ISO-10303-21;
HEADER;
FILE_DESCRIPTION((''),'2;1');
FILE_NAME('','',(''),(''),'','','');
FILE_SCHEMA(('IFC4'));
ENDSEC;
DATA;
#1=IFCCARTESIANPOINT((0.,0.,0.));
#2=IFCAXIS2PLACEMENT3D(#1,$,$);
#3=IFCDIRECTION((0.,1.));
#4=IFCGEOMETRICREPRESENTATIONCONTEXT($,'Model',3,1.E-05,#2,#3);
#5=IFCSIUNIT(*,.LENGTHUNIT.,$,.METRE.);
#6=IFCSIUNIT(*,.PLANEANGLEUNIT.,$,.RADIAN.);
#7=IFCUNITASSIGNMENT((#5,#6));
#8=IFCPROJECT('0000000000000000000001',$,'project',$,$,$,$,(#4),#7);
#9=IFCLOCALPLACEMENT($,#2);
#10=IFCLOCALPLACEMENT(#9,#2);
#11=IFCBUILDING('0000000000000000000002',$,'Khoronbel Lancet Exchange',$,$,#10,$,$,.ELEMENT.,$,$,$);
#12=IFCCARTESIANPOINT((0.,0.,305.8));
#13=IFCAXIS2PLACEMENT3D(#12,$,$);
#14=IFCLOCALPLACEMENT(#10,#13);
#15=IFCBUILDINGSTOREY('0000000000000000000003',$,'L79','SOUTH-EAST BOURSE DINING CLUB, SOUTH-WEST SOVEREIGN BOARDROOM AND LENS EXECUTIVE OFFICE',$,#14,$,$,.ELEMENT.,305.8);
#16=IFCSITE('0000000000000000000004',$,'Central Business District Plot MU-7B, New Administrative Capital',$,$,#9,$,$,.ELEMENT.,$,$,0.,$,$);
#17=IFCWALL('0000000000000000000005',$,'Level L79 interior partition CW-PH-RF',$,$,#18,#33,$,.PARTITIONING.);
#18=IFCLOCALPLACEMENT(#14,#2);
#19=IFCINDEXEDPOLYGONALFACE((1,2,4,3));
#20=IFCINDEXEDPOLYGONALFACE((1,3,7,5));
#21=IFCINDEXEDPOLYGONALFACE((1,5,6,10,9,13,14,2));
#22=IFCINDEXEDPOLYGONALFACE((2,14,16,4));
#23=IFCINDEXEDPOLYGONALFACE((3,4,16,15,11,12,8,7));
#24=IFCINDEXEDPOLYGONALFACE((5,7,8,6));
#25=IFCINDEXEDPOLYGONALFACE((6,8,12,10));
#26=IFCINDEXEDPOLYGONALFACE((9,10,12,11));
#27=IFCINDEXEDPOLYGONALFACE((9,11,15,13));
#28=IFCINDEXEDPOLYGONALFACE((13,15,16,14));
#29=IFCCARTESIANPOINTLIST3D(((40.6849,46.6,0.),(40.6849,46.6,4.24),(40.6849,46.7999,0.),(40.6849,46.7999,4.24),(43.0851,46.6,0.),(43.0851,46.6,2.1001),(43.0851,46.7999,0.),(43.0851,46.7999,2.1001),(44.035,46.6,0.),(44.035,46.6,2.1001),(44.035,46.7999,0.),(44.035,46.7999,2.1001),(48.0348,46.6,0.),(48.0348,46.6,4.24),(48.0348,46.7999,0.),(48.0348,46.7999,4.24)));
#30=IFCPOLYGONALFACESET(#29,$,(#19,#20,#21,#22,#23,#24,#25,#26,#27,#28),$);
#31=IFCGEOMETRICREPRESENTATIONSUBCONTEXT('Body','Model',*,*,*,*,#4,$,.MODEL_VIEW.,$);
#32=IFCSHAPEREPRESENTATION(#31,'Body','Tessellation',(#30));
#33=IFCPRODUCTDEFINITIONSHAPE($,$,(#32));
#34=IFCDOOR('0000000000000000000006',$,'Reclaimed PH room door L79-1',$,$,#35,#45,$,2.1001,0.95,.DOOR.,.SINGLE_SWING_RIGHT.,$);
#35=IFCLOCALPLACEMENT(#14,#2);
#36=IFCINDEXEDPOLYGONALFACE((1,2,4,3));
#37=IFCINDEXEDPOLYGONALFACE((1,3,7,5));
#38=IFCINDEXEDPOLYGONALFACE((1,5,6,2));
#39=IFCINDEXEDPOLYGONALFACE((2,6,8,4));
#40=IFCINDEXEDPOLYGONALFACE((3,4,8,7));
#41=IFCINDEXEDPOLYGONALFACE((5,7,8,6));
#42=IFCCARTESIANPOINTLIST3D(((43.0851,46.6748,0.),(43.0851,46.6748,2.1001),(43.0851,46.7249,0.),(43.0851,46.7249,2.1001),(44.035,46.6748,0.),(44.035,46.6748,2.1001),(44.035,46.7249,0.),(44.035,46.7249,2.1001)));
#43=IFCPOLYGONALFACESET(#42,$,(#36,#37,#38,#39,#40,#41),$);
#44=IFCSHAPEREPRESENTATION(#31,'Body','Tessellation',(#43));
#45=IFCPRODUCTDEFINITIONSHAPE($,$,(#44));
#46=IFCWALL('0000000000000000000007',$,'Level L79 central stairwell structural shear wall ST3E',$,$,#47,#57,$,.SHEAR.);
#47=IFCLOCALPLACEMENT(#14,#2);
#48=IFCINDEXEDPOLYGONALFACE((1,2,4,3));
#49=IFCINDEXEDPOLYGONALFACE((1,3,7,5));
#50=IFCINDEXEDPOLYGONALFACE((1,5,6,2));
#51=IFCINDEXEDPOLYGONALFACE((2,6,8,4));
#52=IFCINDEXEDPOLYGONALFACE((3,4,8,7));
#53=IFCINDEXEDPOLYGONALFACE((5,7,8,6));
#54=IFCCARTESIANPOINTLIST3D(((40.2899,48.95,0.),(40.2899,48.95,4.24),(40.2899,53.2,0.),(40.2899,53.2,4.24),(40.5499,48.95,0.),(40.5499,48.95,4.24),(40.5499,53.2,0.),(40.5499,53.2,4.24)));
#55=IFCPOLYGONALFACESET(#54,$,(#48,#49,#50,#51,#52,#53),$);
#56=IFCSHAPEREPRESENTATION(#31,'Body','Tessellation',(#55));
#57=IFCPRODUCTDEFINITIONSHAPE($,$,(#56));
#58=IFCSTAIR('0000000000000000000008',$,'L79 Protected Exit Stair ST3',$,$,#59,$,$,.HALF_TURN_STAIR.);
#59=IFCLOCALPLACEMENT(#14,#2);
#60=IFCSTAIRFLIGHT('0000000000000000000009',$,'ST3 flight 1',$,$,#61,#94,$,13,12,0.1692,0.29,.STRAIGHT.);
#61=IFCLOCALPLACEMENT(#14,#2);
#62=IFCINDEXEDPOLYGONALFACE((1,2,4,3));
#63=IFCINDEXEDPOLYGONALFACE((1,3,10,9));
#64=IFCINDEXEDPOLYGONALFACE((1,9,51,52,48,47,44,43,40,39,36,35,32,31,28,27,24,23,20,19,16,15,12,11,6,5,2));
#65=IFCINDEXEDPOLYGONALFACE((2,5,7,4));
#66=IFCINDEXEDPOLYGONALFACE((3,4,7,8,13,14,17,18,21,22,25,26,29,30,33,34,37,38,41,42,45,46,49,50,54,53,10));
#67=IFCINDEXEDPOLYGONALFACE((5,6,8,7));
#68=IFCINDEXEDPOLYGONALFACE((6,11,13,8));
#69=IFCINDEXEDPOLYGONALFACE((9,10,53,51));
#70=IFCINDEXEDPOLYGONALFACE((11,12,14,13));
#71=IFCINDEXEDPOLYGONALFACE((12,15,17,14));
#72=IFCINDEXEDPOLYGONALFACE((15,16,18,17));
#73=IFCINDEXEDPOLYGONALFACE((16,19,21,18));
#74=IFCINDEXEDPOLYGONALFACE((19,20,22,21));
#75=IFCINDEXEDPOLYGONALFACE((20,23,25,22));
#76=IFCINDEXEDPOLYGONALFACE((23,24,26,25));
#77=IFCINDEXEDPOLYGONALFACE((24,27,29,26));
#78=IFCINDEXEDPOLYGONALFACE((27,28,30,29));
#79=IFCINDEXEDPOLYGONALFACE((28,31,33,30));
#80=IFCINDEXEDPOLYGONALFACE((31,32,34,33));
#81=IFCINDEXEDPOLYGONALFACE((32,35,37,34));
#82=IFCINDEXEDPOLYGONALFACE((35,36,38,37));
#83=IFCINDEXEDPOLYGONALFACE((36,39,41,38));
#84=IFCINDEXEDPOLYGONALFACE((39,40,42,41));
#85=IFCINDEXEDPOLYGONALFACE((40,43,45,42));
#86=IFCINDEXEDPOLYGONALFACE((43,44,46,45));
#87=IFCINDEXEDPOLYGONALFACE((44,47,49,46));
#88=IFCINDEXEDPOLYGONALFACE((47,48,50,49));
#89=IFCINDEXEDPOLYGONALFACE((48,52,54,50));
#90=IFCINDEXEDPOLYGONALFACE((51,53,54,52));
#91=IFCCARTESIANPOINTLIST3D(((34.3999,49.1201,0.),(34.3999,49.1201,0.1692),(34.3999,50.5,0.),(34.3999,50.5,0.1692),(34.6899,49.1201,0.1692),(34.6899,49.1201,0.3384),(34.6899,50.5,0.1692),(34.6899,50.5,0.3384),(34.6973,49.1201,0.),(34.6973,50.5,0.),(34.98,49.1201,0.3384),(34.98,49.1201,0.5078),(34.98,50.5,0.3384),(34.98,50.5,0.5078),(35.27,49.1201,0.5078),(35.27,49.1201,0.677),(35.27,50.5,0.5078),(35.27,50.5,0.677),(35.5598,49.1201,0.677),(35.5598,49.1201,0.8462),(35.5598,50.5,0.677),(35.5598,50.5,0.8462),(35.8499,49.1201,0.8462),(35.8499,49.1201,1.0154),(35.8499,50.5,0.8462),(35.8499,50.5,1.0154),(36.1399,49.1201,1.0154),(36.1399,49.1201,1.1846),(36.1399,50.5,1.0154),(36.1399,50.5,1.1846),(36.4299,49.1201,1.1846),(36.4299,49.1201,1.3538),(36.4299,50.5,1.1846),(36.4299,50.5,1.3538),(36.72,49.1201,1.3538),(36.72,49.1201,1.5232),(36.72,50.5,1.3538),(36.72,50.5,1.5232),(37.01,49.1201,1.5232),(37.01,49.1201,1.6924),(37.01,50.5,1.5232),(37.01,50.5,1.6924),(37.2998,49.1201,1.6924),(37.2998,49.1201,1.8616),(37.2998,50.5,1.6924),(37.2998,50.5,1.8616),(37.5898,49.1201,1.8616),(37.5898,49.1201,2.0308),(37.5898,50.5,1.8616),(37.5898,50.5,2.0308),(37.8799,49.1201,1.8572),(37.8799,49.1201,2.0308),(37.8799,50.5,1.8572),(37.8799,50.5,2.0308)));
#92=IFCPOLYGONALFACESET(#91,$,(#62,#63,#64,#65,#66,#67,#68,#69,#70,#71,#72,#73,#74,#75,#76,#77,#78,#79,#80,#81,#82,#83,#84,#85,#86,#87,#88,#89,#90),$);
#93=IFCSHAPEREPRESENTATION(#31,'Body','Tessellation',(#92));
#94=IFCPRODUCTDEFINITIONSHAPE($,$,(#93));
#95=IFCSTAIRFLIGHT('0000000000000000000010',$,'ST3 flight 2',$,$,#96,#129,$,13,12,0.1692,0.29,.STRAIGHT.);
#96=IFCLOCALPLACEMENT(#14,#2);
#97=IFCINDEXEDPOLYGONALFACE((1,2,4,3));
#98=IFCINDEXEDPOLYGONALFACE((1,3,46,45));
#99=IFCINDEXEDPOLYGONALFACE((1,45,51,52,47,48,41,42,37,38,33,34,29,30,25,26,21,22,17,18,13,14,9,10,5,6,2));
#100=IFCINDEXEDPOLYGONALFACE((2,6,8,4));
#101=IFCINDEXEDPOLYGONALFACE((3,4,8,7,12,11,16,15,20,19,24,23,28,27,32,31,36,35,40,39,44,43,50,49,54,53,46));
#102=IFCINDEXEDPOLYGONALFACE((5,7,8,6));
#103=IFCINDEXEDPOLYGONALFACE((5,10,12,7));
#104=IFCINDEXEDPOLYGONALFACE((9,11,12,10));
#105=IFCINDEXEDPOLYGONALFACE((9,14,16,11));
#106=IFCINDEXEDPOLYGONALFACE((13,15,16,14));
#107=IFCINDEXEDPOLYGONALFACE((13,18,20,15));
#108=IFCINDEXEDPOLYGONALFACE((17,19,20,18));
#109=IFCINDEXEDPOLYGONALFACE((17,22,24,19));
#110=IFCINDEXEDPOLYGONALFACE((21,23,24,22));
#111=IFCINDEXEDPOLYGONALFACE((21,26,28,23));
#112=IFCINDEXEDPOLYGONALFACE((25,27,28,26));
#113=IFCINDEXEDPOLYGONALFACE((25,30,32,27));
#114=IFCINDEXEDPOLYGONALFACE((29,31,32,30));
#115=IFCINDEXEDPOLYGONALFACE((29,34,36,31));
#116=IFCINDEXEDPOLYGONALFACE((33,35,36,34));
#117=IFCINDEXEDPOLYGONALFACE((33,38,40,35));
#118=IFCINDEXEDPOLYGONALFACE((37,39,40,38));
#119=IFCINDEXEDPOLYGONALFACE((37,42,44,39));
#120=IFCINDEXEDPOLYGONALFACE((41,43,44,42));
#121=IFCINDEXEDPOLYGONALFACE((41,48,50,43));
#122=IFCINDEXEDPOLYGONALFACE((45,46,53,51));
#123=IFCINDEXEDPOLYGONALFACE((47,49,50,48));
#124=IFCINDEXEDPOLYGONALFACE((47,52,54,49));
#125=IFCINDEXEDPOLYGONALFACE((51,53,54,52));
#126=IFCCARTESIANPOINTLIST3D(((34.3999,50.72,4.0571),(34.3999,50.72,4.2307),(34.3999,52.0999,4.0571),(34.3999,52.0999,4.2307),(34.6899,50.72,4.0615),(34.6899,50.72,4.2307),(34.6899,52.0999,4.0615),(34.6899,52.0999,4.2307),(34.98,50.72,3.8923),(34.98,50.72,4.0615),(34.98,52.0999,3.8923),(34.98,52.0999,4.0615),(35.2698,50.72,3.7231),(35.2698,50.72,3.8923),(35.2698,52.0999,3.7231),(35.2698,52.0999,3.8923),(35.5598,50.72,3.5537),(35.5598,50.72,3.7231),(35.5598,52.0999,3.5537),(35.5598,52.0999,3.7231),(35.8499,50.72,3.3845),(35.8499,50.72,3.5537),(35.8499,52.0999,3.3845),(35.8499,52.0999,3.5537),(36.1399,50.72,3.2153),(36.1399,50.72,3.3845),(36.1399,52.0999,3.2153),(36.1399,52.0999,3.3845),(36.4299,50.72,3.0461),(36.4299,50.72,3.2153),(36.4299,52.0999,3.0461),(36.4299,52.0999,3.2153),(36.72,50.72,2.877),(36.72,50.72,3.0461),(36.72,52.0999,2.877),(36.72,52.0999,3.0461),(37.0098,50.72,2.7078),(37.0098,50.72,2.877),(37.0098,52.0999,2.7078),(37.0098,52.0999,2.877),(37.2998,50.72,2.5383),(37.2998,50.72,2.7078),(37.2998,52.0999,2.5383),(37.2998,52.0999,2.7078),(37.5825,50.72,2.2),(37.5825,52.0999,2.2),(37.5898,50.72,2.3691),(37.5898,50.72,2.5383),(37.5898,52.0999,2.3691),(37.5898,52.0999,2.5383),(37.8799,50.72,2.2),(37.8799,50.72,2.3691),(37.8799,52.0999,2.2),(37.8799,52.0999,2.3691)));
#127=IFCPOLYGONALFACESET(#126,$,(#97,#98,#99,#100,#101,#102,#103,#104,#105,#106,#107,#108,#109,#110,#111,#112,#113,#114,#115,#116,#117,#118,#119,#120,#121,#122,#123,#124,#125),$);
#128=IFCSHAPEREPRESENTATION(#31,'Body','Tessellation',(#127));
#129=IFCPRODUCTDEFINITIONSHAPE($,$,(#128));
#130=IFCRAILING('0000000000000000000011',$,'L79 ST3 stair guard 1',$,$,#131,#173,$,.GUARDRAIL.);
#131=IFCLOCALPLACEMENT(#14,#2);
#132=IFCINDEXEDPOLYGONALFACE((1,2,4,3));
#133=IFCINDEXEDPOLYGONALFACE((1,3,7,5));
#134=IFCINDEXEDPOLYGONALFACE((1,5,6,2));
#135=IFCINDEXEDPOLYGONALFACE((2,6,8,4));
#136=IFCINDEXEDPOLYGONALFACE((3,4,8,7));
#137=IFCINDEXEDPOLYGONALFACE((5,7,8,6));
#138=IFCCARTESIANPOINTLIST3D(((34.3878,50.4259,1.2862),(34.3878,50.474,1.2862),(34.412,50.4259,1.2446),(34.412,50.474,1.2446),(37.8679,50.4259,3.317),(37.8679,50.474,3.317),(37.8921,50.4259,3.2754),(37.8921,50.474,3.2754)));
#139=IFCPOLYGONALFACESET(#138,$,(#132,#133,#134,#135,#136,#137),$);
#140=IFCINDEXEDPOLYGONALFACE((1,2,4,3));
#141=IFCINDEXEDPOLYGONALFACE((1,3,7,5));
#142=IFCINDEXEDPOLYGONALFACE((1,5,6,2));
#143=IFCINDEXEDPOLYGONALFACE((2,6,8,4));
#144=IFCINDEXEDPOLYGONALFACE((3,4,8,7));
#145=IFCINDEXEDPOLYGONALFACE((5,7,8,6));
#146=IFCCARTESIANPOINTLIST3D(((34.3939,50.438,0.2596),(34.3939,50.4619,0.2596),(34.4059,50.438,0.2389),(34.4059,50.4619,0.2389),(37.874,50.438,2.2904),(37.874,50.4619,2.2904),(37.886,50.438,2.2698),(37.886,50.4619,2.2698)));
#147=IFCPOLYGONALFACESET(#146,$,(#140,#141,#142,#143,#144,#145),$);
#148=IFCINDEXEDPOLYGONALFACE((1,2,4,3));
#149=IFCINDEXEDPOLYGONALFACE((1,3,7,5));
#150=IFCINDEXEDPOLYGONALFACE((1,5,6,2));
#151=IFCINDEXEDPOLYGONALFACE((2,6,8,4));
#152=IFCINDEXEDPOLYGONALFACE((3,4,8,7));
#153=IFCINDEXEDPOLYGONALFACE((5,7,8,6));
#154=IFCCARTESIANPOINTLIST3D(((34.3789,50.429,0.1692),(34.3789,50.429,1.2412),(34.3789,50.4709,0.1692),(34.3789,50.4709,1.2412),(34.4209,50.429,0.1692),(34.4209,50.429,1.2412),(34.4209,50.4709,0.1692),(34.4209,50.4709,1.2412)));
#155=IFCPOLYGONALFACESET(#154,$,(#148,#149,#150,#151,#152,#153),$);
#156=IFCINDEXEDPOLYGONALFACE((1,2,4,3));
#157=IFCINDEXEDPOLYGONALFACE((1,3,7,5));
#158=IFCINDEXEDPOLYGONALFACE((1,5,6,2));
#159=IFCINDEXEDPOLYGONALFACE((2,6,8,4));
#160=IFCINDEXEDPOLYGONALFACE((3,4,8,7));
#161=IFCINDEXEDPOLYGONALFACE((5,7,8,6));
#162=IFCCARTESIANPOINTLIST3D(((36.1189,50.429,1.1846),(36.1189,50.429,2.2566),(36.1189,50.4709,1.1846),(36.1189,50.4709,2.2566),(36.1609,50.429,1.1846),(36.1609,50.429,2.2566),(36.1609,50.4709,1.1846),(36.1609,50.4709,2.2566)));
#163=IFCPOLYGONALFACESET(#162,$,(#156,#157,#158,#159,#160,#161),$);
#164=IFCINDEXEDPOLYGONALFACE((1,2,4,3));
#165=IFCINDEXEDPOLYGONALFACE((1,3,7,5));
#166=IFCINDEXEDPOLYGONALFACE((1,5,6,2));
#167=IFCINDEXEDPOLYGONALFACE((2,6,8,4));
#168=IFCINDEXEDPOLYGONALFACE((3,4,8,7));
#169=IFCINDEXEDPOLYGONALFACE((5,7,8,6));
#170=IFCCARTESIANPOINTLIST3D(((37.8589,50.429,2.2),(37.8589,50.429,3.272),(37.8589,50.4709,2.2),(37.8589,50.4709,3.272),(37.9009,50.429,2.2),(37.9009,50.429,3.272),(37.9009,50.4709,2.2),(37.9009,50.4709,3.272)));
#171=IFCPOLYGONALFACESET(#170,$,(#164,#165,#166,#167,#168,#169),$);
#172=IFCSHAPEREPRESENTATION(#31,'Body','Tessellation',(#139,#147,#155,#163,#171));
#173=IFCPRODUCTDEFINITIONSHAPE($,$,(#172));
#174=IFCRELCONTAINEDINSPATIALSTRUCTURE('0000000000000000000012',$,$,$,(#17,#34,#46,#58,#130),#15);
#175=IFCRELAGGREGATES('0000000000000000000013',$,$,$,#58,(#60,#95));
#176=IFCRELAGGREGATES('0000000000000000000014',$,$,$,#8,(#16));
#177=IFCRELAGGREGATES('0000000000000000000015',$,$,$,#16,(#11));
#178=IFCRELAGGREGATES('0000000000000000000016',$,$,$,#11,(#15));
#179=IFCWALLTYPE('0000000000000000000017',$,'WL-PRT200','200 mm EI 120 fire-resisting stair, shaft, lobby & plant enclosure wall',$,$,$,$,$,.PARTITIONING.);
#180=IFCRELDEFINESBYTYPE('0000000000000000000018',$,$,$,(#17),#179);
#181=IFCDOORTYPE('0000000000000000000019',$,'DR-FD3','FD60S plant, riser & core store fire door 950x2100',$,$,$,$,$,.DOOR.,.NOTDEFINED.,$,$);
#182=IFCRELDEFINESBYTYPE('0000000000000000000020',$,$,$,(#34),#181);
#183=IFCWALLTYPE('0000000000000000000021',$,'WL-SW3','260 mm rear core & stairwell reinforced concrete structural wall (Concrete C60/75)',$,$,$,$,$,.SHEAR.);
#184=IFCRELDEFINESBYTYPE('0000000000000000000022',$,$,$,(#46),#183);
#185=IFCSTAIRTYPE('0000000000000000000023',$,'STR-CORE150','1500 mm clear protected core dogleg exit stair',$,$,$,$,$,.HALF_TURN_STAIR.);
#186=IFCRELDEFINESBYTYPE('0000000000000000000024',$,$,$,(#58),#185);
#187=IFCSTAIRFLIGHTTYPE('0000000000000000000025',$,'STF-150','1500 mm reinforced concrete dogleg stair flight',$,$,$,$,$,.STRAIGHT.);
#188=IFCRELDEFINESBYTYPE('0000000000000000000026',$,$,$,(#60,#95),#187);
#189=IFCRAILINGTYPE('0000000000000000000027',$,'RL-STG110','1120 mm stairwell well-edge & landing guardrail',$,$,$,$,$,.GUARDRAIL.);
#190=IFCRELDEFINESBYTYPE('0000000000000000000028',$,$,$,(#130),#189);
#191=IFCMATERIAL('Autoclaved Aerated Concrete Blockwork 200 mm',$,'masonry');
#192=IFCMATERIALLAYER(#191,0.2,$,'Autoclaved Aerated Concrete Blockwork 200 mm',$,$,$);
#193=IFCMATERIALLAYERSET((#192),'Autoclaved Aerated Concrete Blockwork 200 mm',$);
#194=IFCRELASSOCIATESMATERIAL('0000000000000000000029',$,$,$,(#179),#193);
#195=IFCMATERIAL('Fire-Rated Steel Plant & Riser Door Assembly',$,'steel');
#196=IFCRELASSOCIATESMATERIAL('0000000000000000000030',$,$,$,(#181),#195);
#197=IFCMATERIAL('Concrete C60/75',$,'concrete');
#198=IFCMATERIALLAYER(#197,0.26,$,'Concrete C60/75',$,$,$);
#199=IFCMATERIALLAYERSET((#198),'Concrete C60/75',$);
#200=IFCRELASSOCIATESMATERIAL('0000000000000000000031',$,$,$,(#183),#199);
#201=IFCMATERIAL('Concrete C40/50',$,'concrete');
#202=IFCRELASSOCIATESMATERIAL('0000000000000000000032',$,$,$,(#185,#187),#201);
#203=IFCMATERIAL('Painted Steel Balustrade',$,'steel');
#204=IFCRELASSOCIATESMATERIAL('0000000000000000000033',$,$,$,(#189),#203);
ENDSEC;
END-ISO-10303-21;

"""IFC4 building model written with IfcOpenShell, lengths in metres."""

from ifc_helpers import new_model, si_unit, direction, frame, frame_2d, origin, origin_2d, place, context, subcontext, project, spatial, polyline, rectangle, outline, extrude, material, layer, layer_set, type_object, element, fill, aggregate, save


model = new_model("IFC4")

# Units and contexts
model_context = context("Model", 3, precision=1e-05, world=origin(), true_north=direction((0.0, 1.0)))
body_context = subcontext(model_context, "Body", "Model", "MODEL_VIEW")
ifc_project = project(units=[si_unit("LENGTHUNIT", "METRE"), si_unit("PLANEANGLEUNIT", "RADIAN")], contexts=[model_context])

# Site, building, storey
site_placement = place(None, origin())
site = spatial("IfcSite", under=ifc_project, at=site_placement, Name="Central Business District Plot MU-7B, New Administrative Capital", CompositionType="ELEMENT", RefElevation=0.0)
building_placement = place(site_placement, origin())
building = spatial("IfcBuilding", under=site, at=building_placement, Name="Khoronbel Lancet Exchange", CompositionType="ELEMENT")
storey_placement = place(building_placement, frame((0.0, 0.0, 305.8)))
storey = spatial("IfcBuildingStorey", under=building, at=storey_placement, Name="L79", Description="SOUTH-EAST BOURSE DINING CLUB, SOUTH-WEST SOVEREIGN BOARDROOM AND LENS EXECUTIVE OFFICE", CompositionType="ELEMENT", Elevation=305.8)

# Shared definitions
ifc_material_1 = material(Name="Concrete C60/75", Category="concrete")

# Shared definitions
ifc_material_2 = material(Name="Autoclaved Aerated Concrete Blockwork 200 mm", Category="masonry")
ifc_layer_1 = layer(ifc_material_2, 0.2, Name="Autoclaved Aerated Concrete Blockwork 200 mm")
ifc_layer_set_1 = layer_set([ifc_layer_1], Name="Autoclaved Aerated Concrete Blockwork 200 mm")
wall_type_1 = type_object("IfcWallType", Name="WL-PRT200", Description="200 mm EI 120 fire-resisting stair, shaft, lobby & plant enclosure wall", PredefinedType="PARTITIONING", material=ifc_layer_set_1)

# Wall, opening, door
wall_1_placement = place(storey_placement, frame((40.6851, 46.7, 0.0), z_axis=(0.0, 0.0, 1.0), x_axis=(1.0, 0.0, 0.0)))
wall_1 = element("IfcWall", 1, at=wall_1_placement, inside=storey, type_object=wall_type_1, Name="Level L79 interior partition CW-PH-RF", PredefinedType="PARTITIONING", context=body_context, shape_type="SweptSolid", body=[
    extrude(rectangle(XDim=7.3499, YDim=0.2, at=frame_2d((3.6748, 0.0))), origin(), (0.0, 0.0, 1.0), 4.24),
])
opening_placement = place(wall_1_placement, frame((2.3999, 0.0, 0.0)))
opening = element("IfcOpeningElement", 2, at=opening_placement, cuts=wall_1, PredefinedType="OPENING", context=body_context, shape_type="SweptSolid", body=[
    extrude(rectangle(XDim=0.95, YDim=2.1001, at=frame_2d((0.4751, 1.05))), frame((0.0, 0.1099, 0.0), z_axis=(0.0, -1.0, 0.0), x_axis=(1.0, 0.0, 0.0)), (0.0, 0.0, 1.0), 0.22),
])
ifc_material_3 = material(Name="Fire-Rated Steel Plant & Riser Door Assembly", Category="steel")
door_type = type_object("IfcDoorType", Name="DR-FD3", Description="FD60S plant, riser & core store fire door 950x2100", OperationType="NOTDEFINED", PredefinedType="DOOR", material=ifc_material_3)
door_placement = place(opening_placement, origin())
door = element("IfcDoor", 3, at=door_placement, inside=storey, type_object=door_type, Name="Reclaimed PH room door L79-1", OperationType="SINGLE_SWING_RIGHT", OverallHeight=2.1001, OverallWidth=0.95, PredefinedType="DOOR", context=body_context, shape_type="SweptSolid", body=[
    extrude(rectangle(XDim=0.95, YDim=2.1001, at=frame_2d((0.4751, 1.05))), frame((0.0, 0.0249, 0.0), z_axis=(0.0, -1.0, 0.0), x_axis=(1.0, 0.0, 0.0)), (0.0, 0.0, 1.0), 0.05),
])
fill(opening, door)

# Wall
ifc_layer_2 = layer(ifc_material_1, 0.26, Name="Concrete C60/75")
ifc_layer_set_2 = layer_set([ifc_layer_2], Name="Concrete C60/75")
wall_type_2 = type_object("IfcWallType", Name="WL-SW3", Description="260 mm rear core & stairwell reinforced concrete structural wall (Concrete C60/75)", PredefinedType="SHEAR", material=ifc_layer_set_2)
wall_2_placement = place(storey_placement, frame((40.4199, 48.95, 0.0), z_axis=(0.0, 0.0, 1.0), x_axis=(0.0, 1.0, 0.0)))
element("IfcWall", 4, at=wall_2_placement, inside=storey, type_object=wall_type_2, Name="Level L79 central stairwell structural shear wall ST3E", PredefinedType="SHEAR", context=body_context, shape_type="SweptSolid", body=[
    extrude(rectangle(XDim=4.25, YDim=0.26, at=frame_2d((2.125, 0.0))), origin(), (0.0, 0.0, 1.0), 4.24),
])

# Stair, stair flights
ifc_material_4 = material(Name="Concrete C40/50", Category="concrete")
stair_type = type_object("IfcStairType", Name="STR-CORE150", Description="1500 mm clear protected core dogleg exit stair", PredefinedType="HALF_TURN_STAIR", material=ifc_material_4)
stair_placement = place(storey_placement, origin())
stair = element("IfcStair", 5, at=stair_placement, inside=storey, type_object=stair_type, Name="L79 Protected Exit Stair ST3", PredefinedType="HALF_TURN_STAIR")
stair_flight_type = type_object("IfcStairFlightType", Name="STF-150", Description="1500 mm reinforced concrete dogleg stair flight", PredefinedType="STRAIGHT", material=ifc_material_4)
stair_flight_1_placement = place(storey_placement, frame((34.3999, 49.8101, 0.0), z_axis=(0.0, 0.0, 1.0), x_axis=(1.0, 0.0, 0.0)))
stair_flight_1 = element("IfcStairFlight", 6, at=stair_flight_1_placement, type_object=stair_flight_type, Name="ST3 flight 1", NumberOfRisers=13, NumberOfTreads=12, PredefinedType="STRAIGHT", RiserHeight=0.1692, TreadLength=0.29, context=body_context, shape_type="SweptSolid", body=[
    extrude(outline(polyline([(0.0, 0.0), (0.0, 0.1692), (0.29, 0.1692), (0.29, 0.3384), (0.5801, 0.3384), (0.5801, 0.5078), (0.8701, 0.5078), (0.8701, 0.677), (1.1599, 0.677), (1.1599, 0.8462), (1.45, 0.8462), (1.45, 1.0154), (1.74, 1.0154), (1.74, 1.1846), (2.03, 1.1846), (2.03, 1.3538), (2.3201, 1.3538), (2.3201, 1.5232), (2.6101, 1.5232), (2.6101, 1.6924), (2.8999, 1.6924), (2.8999, 1.8616), (3.1899, 1.8616), (3.1899, 2.0308), (3.48, 2.0308), (3.48, 2.2), (3.48, 1.8572), (0.2974, 0.0), (0.0, 0.0)])), frame((0.0, 0.6899, 0.0), z_axis=(0.0, -1.0, 0.0), x_axis=(1.0, 0.0, 0.0)), (0.0, 0.0, 1.0), 1.3799),
])
stair_flight_2_placement = place(storey_placement, frame((37.8799, 51.4099, 2.2), z_axis=(0.0, 0.0, 1.0), x_axis=(-1.0, 0.0, 0.0)))
stair_flight_2 = element("IfcStairFlight", 7, at=stair_flight_2_placement, type_object=stair_flight_type, Name="ST3 flight 2", NumberOfRisers=13, NumberOfTreads=12, PredefinedType="STRAIGHT", RiserHeight=0.1692, TreadLength=0.29, context=body_context, shape_type="SweptSolid", body=[
    extrude(outline(polyline([(0.0, 0.0), (0.0, 0.1692), (0.29, 0.1692), (0.29, 0.3384), (0.5801, 0.3384), (0.5801, 0.5078), (0.8701, 0.5078), (0.8701, 0.677), (1.1599, 0.677), (1.1599, 0.8462), (1.45, 0.8462), (1.45, 1.0154), (1.74, 1.0154), (1.74, 1.1846), (2.03, 1.1846), (2.03, 1.3538), (2.3201, 1.3538), (2.3201, 1.5232), (2.6101, 1.5232), (2.6101, 1.6924), (2.8999, 1.6924), (2.8999, 1.8616), (3.1899, 1.8616), (3.1899, 2.0308), (3.48, 2.0308), (3.48, 2.2), (3.48, 1.8572), (0.2974, 0.0), (0.0, 0.0)])), frame((0.0, 0.6899, 0.0), z_axis=(0.0, -1.0, 0.0), x_axis=(1.0, 0.0, 0.0)), (0.0, 0.0, 1.0), 1.3799),
])
aggregate(stair, [stair_flight_1, stair_flight_2])

# Railing
ifc_material_5 = material(Name="Painted Steel Balustrade", Category="steel")
railing_type_1 = type_object("IfcRailingType", Name="RL-STG110", Description="1120 mm stairwell well-edge & landing guardrail", PredefinedType="GUARDRAIL", material=ifc_material_5)
railing_1_placement = place(storey_placement, frame((34.3999, 50.45, 0.1692)))
element("IfcRailing", 8, at=railing_1_placement, inside=storey, type_object=railing_type_1, Name="L79 ST3 stair guard 1", PredefinedType="GUARDRAIL", context=body_context, shape_type="SweptSolid", body=[
    extrude(rectangle(XDim=0.0481, YDim=0.0481, at=origin_2d()), frame((0.0, 0.0, 1.0962), z_axis=(0.863695, 0.0, 0.504014), x_axis=(0.0, 1.0, 0.0)), (0.0, 0.0, 1.0), 4.0293),
    extrude(rectangle(XDim=0.0239, YDim=0.0239, at=origin_2d()), frame((0.0, 0.0, 0.0801), z_axis=(0.863695, 0.0, 0.504014), x_axis=(0.0, 1.0, 0.0)), (0.0, 0.0, 1.0), 4.0293),
    extrude(rectangle(XDim=0.042, YDim=0.042, at=origin_2d()), origin(), (0.0, 0.0, 1.0), 1.072),
    extrude(rectangle(XDim=0.042, YDim=0.042, at=origin_2d()), frame((1.74, 0.0, 1.0154)), (0.0, 0.0, 1.0), 1.072),
    extrude(rectangle(XDim=0.042, YDim=0.042, at=origin_2d()), frame((3.48, 0.0, 2.0308)), (0.0, 0.0, 1.0), 1.072),
])

save(model, "model.ifc")
